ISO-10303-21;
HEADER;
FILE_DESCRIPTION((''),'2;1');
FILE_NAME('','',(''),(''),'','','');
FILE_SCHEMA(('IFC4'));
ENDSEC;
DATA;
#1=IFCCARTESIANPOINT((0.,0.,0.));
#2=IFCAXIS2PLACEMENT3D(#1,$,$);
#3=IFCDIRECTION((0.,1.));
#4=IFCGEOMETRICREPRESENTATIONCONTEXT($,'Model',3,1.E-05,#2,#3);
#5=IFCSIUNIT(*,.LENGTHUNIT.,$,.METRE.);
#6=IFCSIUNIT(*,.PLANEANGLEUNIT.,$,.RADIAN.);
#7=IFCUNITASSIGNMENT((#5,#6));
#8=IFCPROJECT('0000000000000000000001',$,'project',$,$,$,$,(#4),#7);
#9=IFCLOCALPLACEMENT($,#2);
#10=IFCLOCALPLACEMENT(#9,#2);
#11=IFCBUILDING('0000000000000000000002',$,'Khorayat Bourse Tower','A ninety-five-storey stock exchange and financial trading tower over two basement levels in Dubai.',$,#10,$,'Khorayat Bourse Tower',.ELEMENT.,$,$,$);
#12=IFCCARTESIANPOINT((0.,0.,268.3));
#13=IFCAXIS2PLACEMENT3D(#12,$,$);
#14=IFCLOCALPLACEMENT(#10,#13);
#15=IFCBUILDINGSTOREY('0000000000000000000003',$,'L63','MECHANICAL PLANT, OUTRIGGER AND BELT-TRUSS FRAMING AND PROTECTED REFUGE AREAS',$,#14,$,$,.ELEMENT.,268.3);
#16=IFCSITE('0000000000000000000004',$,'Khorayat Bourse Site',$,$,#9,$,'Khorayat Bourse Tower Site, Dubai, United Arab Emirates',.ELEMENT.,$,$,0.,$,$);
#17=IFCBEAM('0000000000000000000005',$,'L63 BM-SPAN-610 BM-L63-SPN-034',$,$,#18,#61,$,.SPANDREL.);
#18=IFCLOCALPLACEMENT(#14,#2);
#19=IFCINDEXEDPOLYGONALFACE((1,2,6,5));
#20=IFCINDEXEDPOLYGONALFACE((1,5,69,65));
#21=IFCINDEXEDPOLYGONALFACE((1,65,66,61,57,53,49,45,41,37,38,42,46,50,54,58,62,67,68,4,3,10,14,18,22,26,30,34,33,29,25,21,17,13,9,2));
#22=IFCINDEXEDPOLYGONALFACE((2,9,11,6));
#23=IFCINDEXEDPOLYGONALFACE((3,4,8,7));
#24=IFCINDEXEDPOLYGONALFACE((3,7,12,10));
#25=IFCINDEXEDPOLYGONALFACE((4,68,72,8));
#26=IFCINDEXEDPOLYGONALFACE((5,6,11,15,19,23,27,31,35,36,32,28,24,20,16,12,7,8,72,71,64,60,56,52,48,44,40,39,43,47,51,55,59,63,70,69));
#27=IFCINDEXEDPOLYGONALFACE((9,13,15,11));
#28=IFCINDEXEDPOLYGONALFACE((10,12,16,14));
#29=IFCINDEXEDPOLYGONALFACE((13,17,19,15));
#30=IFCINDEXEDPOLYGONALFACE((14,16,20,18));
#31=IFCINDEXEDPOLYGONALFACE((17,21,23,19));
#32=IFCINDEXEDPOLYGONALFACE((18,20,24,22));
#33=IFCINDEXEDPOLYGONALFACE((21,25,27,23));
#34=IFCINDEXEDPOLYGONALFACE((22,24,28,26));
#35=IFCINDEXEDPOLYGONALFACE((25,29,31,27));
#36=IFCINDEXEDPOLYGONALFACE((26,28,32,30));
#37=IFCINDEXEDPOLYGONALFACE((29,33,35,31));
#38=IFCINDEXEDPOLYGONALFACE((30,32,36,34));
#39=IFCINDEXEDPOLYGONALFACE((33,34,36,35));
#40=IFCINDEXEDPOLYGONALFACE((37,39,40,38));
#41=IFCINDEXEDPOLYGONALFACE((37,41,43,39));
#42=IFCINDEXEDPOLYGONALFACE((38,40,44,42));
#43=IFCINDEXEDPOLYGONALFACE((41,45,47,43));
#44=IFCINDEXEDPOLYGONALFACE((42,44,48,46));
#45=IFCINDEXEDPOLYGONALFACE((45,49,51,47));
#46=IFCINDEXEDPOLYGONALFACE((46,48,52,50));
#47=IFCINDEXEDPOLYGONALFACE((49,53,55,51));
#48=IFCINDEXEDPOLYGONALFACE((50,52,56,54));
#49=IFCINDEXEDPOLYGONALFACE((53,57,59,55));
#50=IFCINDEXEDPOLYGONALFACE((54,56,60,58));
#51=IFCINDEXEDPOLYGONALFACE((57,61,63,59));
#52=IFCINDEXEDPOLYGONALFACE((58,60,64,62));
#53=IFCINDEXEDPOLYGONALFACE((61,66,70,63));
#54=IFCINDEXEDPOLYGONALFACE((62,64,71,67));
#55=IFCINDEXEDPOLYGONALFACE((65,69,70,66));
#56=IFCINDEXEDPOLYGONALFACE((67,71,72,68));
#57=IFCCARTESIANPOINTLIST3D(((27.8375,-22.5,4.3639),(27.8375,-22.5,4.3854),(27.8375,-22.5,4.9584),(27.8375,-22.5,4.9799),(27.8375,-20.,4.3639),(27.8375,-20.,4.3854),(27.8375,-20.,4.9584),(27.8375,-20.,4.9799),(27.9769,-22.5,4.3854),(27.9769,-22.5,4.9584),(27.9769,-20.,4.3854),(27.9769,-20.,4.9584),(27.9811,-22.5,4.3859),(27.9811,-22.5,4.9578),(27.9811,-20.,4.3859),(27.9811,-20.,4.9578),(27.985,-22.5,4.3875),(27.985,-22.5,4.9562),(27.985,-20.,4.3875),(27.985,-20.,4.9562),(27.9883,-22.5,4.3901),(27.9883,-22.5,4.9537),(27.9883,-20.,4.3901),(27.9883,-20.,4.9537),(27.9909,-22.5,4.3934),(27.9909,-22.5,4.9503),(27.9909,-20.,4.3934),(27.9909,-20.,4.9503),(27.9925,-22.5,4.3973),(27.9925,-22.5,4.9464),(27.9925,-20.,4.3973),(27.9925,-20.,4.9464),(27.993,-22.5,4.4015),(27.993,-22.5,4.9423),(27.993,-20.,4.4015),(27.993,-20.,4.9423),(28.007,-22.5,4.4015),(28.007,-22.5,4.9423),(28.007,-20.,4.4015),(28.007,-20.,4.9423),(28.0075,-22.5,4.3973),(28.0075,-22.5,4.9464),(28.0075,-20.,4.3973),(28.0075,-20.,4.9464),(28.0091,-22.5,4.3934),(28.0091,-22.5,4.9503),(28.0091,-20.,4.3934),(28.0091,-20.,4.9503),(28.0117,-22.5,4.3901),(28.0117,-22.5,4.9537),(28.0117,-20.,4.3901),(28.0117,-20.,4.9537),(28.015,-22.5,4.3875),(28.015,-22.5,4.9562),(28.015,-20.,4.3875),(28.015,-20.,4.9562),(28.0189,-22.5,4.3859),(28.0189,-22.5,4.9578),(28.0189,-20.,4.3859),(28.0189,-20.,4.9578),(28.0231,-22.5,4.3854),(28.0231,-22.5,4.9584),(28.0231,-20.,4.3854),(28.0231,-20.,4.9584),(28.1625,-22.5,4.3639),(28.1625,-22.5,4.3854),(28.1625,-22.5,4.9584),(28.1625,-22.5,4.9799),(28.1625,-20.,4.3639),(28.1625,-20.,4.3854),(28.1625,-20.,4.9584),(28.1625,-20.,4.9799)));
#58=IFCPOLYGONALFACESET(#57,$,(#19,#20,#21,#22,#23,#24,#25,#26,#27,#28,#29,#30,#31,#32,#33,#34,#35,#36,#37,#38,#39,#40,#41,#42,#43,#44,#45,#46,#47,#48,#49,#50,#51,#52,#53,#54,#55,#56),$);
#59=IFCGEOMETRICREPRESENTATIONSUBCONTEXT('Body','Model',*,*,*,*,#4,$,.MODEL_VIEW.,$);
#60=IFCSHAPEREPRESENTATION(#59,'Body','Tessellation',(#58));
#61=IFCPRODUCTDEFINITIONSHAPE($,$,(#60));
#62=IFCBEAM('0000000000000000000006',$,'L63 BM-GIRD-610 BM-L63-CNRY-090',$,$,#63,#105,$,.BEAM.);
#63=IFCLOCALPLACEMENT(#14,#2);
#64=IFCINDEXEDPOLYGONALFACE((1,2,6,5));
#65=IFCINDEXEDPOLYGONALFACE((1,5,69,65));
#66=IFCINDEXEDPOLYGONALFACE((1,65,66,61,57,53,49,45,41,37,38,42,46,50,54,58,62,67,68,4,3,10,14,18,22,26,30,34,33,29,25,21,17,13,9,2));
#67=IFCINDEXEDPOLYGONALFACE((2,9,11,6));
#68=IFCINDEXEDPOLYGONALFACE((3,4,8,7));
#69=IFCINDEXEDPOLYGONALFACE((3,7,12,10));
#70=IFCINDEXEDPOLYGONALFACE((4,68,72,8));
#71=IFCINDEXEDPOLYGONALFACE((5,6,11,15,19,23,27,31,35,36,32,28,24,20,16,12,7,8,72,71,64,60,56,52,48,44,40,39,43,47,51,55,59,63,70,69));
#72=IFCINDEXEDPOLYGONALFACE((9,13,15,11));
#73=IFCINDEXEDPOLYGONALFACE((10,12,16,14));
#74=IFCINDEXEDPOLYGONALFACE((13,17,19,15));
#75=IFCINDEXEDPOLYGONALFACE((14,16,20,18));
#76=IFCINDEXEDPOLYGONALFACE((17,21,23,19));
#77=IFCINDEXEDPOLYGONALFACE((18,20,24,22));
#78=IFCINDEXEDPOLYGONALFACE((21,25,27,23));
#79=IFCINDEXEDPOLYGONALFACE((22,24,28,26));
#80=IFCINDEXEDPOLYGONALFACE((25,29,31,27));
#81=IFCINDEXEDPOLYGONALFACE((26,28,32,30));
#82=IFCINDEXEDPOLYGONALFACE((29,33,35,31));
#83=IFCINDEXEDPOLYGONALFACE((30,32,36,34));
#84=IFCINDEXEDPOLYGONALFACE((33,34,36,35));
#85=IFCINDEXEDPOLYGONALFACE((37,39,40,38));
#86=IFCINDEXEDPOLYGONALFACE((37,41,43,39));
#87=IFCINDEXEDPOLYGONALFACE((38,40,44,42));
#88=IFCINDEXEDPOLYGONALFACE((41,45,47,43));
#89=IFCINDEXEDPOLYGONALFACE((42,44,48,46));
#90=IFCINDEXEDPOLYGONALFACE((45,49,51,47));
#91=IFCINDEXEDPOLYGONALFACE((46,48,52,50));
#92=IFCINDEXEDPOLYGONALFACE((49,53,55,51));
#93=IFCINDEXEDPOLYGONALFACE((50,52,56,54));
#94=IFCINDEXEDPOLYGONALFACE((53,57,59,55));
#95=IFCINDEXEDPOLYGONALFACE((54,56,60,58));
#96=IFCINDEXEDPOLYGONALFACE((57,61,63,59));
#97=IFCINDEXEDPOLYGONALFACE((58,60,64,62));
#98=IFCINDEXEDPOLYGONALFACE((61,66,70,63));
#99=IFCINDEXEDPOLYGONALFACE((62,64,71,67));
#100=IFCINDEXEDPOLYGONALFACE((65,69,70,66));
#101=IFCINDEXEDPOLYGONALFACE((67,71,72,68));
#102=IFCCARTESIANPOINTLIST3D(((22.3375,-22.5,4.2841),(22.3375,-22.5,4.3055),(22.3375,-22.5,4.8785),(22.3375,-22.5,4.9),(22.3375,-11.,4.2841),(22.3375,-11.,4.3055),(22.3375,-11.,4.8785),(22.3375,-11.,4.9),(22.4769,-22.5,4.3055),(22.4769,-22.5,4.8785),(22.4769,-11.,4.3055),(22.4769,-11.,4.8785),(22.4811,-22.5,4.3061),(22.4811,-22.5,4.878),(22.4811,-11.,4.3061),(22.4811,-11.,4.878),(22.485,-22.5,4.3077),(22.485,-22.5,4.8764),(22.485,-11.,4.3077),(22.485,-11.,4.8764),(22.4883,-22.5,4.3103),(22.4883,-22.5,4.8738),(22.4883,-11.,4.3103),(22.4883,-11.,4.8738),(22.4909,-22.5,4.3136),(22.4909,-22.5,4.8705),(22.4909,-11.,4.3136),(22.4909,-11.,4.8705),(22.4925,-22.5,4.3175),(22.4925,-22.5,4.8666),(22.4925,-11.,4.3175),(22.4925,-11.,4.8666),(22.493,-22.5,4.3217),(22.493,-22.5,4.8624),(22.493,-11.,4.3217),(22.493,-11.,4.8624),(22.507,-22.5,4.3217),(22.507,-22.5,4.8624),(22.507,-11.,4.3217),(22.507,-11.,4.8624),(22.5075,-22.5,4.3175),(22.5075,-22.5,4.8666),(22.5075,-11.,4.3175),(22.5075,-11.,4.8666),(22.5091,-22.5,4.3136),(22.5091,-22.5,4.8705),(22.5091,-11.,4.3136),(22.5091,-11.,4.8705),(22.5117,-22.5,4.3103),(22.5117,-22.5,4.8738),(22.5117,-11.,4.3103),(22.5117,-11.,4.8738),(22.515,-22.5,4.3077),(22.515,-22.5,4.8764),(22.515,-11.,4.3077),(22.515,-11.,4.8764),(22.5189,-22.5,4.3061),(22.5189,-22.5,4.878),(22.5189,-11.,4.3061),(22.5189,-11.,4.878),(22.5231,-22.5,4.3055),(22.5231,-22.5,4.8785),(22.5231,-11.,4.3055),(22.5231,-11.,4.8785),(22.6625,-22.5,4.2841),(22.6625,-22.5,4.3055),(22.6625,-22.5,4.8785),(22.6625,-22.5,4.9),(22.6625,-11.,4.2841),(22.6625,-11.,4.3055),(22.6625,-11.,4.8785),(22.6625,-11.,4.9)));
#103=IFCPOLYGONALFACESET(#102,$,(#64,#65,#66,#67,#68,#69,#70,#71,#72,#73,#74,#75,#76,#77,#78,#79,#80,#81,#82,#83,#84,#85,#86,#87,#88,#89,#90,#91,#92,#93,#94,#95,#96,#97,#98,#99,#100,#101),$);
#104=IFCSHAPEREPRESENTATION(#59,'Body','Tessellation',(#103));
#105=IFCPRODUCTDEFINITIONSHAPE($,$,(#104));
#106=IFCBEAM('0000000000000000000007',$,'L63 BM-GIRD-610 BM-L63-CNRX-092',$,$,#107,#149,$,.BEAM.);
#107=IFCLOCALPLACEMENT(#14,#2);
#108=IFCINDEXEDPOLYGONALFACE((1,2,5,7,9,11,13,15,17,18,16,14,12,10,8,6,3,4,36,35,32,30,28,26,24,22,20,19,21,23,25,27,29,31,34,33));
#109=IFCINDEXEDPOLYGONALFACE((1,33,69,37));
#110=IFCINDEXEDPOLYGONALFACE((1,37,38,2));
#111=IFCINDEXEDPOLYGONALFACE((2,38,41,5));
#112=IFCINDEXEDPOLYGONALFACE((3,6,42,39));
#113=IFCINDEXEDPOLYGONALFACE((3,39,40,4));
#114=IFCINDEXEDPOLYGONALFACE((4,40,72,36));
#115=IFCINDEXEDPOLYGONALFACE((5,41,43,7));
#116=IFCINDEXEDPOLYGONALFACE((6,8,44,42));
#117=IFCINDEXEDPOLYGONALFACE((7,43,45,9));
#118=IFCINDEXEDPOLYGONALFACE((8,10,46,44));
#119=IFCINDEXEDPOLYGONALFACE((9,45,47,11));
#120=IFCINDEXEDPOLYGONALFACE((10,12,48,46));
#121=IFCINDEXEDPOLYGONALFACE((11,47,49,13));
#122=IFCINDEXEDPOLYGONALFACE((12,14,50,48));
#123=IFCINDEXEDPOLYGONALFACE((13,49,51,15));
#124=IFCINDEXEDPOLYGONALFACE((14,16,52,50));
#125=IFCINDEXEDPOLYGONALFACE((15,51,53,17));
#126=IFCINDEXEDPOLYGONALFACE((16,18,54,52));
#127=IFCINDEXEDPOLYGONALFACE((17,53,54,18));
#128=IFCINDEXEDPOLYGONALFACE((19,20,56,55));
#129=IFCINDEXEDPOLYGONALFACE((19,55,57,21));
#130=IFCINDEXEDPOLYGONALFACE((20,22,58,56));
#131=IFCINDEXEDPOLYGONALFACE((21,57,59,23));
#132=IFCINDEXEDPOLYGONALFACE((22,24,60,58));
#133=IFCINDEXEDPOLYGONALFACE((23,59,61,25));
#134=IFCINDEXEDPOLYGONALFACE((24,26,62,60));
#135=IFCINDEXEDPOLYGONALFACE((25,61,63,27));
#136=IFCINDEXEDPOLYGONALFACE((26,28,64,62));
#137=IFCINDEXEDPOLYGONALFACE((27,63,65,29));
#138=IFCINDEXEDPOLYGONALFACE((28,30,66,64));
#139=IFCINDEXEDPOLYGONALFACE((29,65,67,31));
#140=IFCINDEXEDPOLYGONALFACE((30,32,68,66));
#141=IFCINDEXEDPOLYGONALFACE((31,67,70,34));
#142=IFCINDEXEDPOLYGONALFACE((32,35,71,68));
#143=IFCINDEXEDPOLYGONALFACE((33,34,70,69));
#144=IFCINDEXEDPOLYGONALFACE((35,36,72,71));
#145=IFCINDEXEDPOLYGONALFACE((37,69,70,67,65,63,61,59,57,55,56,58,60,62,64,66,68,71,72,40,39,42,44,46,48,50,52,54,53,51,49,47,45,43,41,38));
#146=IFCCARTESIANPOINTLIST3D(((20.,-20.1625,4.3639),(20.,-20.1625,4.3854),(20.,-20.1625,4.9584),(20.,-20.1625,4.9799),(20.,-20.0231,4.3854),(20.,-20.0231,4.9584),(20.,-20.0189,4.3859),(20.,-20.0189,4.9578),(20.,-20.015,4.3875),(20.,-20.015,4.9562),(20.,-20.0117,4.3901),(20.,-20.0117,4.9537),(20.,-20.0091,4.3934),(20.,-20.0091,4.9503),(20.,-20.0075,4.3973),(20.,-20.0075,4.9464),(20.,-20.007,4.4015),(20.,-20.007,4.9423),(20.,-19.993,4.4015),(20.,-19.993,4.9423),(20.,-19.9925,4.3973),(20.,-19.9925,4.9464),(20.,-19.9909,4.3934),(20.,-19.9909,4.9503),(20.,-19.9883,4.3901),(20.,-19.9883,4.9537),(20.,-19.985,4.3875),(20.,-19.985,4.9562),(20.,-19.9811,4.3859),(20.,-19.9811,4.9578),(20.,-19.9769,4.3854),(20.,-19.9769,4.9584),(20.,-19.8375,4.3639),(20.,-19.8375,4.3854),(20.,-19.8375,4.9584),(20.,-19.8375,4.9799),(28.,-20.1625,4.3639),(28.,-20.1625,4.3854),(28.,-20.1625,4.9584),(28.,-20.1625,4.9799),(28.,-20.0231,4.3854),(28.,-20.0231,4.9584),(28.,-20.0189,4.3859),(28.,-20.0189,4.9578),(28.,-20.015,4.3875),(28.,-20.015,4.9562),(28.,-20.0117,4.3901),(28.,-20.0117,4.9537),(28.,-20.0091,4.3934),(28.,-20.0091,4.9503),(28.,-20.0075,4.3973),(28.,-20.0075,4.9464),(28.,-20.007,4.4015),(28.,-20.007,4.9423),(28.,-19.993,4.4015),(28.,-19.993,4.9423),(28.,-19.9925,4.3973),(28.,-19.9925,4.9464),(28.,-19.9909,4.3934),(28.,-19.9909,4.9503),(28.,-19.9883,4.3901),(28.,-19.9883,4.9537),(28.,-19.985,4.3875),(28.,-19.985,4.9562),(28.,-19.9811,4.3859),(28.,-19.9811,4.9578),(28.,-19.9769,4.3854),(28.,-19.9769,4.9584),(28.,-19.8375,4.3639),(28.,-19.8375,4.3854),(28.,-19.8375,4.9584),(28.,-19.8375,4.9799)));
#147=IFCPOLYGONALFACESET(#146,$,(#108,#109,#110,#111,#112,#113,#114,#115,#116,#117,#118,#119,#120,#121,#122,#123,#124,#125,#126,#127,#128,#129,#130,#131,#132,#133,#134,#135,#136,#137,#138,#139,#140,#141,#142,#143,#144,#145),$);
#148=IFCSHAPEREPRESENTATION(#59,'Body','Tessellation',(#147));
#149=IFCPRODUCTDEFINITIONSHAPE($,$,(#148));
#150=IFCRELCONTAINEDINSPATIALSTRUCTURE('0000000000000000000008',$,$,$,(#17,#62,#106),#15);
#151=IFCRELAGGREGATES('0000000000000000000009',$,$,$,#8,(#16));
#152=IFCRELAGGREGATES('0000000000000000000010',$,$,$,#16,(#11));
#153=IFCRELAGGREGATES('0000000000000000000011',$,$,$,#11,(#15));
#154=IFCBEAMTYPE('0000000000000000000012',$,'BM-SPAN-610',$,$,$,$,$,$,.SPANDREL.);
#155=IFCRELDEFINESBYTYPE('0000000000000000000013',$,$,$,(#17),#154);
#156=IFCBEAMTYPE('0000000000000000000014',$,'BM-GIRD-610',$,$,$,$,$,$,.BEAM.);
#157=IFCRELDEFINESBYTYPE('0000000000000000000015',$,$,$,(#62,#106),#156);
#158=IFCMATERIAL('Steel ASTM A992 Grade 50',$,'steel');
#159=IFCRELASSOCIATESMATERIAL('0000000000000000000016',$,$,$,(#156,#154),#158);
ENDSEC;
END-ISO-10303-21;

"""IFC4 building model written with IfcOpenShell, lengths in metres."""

from ifc_helpers import new_model, si_unit, direction, frame, origin, origin_2d, place, context, subcontext, project, spatial, i_section, extrude, source, transform, mapped, material, material_profile, profile_set, type_object, element, save


model = new_model("IFC4")

# Units and contexts
model_context = context("Model", 3, precision=1e-05, world=origin(), true_north=direction((0.0, 1.0)))
body_context = subcontext(model_context, "Body", "Model", "MODEL_VIEW")
ifc_project = project(units=[si_unit("LENGTHUNIT", "METRE"), si_unit("PLANEANGLEUNIT", "RADIAN")], contexts=[model_context])

# Site, building, storey
site_placement = place(None, origin())
site = spatial("IfcSite", under=ifc_project, at=site_placement, Name="Khorayat Bourse Site", LongName="Khorayat Bourse Tower Site, Dubai, United Arab Emirates", CompositionType="ELEMENT", RefElevation=0.0)
building_placement = place(site_placement, origin())
building = spatial("IfcBuilding", under=site, at=building_placement, Name="Khorayat Bourse Tower", Description="A ninety-five-storey stock exchange and financial trading tower over two basement levels in Dubai.", LongName="Khorayat Bourse Tower", CompositionType="ELEMENT")
storey_placement = place(building_placement, frame((0.0, 0.0, 268.3)))
storey = spatial("IfcBuildingStorey", under=building, at=storey_placement, Name="L63", Description="MECHANICAL PLANT, OUTRIGGER AND BELT-TRUSS FRAMING AND PROTECTED REFUGE AREAS", CompositionType="ELEMENT", Elevation=268.3)

# Shared definitions
ifc_material_1 = material(Name="Steel ASTM A992 Grade 50", Category="steel")
ifc_material_profile_1 = material_profile(ifc_material_1, i_section(OverallWidth=0.325, OverallDepth=0.616, WebThickness=0.0139, FlangeThickness=0.0215, FilletRadius=0.0161, at=origin_2d()), Name="W610X174")
ifc_profile_set_1 = profile_set([ifc_material_profile_1], Name="Steel ASTM A992 Grade 50")
beam_type_1 = type_object("IfcBeamType", Name="BM-GIRD-610", PredefinedType="BEAM", material=ifc_profile_set_1)

# Beams
ifc_material_profile_2 = material_profile(ifc_material_1, i_section(OverallWidth=0.325, OverallDepth=0.616, WebThickness=0.0139, FlangeThickness=0.0215, FilletRadius=0.0161, at=origin_2d()), Name="W610X174")
ifc_profile_set_2 = profile_set([ifc_material_profile_2], Name="Steel ASTM A992 Grade 50")
beam_type_2 = type_object("IfcBeamType", Name="BM-SPAN-610", PredefinedType="SPANDREL", material=ifc_profile_set_2)
shared_shape_1 = source(origin(), body_context, "Body", "SweptSolid", [
    extrude(i_section(OverallWidth=0.325, OverallDepth=0.616, WebThickness=0.0139, FlangeThickness=0.0215, FilletRadius=0.0161, at=origin_2d()), origin(), (0.0, 0.0, 1.0), 2.5),
])
for number, where, z_axis, x_axis, name in (
    (1, (28.0, -22.5, 4.6719), (0.0, 1.0, 0.0), (-1.0, 0.0, 0.0), "L63 BM-SPAN-610 BM-L63-SPN-034"),
):
    element("IfcBeam", number, at=place(storey_placement, frame(where, z_axis=z_axis, x_axis=x_axis)), inside=storey, type_object=beam_type_2, Name=name, PredefinedType="SPANDREL", context=body_context, shape_type="MappedRepresentation", body=[
        mapped(shared_shape_1, transform((0.0, 0.0, 0.0), scale=1.0)),
    ])
shared_shape_2 = source(origin(), body_context, "Body", "SweptSolid", [
    extrude(i_section(OverallWidth=0.325, OverallDepth=0.616, WebThickness=0.0139, FlangeThickness=0.0215, FilletRadius=0.0161, at=origin_2d()), origin(), (0.0, 0.0, 1.0), 11.5),
])
beam_1_placement = place(storey_placement, frame((22.5, -22.5, 4.592), z_axis=(0.0, 1.0, 0.0), x_axis=(-1.0, 0.0, 0.0)))
element("IfcBeam", 2, at=beam_1_placement, inside=storey, type_object=beam_type_1, Name="L63 BM-GIRD-610 BM-L63-CNRY-090", PredefinedType="BEAM", context=body_context, shape_type="MappedRepresentation", body=[
    mapped(shared_shape_2, transform((0.0, 0.0, 0.0), scale=1.0)),
])
shared_shape_3 = source(origin(), body_context, "Body", "SweptSolid", [
    extrude(i_section(OverallWidth=0.325, OverallDepth=0.616, WebThickness=0.0139, FlangeThickness=0.0215, FilletRadius=0.0161, at=origin_2d()), origin(), (0.0, 0.0, 1.0), 8.0),
])
beam_2_placement = place(storey_placement, frame((20.0, -20.0, 4.6719), z_axis=(1.0, 0.0, 0.0), x_axis=(0.0, 1.0, 0.0)))
element("IfcBeam", 3, at=beam_2_placement, inside=storey, type_object=beam_type_1, Name="L63 BM-GIRD-610 BM-L63-CNRX-092", PredefinedType="BEAM", context=body_context, shape_type="MappedRepresentation", body=[
    mapped(shared_shape_3, transform((0.0, 0.0, 0.0), scale=1.0)),
])

save(model, "model.ifc")
